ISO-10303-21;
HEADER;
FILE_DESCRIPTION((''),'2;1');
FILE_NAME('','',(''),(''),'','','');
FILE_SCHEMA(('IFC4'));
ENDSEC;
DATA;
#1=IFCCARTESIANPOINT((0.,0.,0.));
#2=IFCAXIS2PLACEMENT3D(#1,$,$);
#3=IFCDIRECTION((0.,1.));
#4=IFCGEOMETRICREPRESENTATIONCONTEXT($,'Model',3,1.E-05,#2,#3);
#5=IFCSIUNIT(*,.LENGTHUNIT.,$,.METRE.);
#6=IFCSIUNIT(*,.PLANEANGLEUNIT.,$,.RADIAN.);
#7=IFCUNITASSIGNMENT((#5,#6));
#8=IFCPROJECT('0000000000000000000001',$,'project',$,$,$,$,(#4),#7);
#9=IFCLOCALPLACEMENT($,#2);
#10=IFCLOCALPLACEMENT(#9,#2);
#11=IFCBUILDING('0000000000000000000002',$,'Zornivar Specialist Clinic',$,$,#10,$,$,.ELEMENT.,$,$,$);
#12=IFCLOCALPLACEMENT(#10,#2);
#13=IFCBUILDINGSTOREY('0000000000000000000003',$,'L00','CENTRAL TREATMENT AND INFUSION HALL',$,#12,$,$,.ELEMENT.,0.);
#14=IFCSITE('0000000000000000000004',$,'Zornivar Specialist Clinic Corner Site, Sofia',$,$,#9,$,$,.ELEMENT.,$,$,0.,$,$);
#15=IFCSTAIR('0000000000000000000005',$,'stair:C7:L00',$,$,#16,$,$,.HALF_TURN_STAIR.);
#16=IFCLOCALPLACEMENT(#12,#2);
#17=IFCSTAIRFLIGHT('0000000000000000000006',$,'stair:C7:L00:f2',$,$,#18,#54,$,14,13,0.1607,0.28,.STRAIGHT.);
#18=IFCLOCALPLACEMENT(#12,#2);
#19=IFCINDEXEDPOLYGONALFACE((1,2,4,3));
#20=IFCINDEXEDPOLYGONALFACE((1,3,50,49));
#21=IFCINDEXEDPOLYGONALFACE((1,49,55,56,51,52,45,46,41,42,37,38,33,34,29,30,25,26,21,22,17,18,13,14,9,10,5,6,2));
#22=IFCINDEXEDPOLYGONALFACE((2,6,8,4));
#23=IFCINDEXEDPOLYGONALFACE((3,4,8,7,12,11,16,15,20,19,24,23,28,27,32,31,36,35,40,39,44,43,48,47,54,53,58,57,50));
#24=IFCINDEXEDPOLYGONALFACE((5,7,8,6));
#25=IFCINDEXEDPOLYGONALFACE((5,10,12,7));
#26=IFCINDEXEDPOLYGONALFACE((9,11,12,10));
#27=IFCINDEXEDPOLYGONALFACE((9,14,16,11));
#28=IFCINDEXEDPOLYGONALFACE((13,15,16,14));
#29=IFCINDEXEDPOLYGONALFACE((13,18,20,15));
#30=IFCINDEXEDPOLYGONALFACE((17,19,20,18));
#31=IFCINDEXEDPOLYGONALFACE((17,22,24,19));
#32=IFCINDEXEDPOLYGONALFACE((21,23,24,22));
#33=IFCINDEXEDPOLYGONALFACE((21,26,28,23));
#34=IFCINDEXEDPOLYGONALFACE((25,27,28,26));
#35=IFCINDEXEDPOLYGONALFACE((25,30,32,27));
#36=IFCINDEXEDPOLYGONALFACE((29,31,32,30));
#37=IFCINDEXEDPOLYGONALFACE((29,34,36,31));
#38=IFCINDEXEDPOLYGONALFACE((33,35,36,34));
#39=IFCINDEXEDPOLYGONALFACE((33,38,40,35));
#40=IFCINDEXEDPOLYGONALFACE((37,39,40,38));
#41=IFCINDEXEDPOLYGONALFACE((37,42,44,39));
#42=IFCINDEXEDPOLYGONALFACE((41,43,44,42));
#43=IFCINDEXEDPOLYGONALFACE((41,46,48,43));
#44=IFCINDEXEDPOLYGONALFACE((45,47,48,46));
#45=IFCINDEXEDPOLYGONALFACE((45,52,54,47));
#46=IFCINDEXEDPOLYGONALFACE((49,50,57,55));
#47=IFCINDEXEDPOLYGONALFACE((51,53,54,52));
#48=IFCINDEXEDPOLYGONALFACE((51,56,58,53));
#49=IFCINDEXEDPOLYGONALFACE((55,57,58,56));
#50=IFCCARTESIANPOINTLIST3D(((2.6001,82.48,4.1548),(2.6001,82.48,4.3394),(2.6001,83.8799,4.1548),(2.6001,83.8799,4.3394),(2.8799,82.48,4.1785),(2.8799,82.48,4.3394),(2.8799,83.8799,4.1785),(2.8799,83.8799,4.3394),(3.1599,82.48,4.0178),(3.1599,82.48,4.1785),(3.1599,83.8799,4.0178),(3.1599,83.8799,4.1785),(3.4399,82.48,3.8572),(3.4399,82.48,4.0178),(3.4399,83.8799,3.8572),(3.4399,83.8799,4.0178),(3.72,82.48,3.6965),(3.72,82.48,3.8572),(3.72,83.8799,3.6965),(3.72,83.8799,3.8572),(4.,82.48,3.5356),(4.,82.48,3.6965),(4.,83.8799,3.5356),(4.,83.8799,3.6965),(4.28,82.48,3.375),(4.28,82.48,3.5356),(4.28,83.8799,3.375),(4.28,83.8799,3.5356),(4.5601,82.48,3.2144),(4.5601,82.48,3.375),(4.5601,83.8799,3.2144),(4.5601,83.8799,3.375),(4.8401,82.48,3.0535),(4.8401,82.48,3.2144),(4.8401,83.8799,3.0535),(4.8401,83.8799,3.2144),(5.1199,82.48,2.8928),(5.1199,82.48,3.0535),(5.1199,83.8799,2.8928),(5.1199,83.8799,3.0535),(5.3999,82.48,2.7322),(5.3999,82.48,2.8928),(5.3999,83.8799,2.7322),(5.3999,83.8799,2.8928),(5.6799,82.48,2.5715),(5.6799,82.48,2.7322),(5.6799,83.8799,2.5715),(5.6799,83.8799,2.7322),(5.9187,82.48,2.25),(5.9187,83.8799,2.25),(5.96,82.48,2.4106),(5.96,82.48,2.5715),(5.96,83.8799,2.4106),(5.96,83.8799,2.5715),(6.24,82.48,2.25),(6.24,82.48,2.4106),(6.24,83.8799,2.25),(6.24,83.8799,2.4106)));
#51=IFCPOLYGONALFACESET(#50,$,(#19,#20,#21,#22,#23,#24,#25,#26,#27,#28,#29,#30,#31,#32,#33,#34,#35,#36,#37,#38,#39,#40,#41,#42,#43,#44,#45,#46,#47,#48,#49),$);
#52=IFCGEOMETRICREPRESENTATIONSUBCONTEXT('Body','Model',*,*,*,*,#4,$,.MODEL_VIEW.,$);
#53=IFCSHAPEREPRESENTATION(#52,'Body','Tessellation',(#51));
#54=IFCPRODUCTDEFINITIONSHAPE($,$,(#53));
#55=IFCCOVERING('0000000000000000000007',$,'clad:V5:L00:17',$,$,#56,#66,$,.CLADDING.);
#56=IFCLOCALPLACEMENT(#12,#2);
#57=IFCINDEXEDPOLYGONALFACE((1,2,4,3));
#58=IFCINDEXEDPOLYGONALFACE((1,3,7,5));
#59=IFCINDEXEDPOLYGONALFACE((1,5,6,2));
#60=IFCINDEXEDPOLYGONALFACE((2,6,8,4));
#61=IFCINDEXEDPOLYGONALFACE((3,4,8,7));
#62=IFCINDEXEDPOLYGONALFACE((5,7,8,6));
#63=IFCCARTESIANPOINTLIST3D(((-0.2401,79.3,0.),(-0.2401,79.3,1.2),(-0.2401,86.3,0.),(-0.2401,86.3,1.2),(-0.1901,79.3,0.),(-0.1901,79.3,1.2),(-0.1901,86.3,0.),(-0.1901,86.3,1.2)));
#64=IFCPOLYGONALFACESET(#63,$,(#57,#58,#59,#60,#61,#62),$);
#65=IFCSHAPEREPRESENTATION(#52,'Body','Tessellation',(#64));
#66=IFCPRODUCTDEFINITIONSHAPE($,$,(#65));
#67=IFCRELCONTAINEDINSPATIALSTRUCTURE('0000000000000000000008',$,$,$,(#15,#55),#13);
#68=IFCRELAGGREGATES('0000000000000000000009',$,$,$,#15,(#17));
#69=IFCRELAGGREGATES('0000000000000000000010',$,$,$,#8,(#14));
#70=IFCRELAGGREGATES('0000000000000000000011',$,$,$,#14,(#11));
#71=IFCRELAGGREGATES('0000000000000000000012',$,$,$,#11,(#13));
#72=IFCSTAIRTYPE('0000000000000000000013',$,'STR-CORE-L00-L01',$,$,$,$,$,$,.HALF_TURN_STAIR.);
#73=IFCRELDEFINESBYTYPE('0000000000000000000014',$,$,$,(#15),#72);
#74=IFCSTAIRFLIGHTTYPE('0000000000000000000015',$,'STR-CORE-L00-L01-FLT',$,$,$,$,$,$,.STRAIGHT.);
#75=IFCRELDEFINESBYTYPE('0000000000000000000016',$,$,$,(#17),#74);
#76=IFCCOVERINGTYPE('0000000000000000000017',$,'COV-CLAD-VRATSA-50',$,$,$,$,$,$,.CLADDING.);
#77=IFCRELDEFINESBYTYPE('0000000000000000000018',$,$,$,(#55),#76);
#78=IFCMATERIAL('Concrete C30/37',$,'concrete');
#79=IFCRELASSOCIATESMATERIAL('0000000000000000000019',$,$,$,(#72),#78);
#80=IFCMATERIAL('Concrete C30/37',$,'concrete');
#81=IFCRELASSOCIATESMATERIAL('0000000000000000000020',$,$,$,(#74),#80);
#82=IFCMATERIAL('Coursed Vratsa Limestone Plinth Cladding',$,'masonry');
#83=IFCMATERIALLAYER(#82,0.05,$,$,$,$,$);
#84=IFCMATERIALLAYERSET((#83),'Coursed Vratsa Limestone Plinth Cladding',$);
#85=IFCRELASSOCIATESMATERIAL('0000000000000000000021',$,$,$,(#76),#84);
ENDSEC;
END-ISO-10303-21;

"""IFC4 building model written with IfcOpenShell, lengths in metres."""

from ifc_helpers import new_model, si_unit, direction, frame, origin, origin_2d, place, context, subcontext, project, spatial, polyline, rectangle, outline, extrude, material, layer, layer_set, type_object, element, aggregate, save


model = new_model("IFC4")

# Units and contexts
model_context = context("Model", 3, precision=1e-05, world=origin(), true_north=direction((0.0, 1.0)))
body_context = subcontext(model_context, "Body", "Model", "MODEL_VIEW")
ifc_project = project(units=[si_unit("LENGTHUNIT", "METRE"), si_unit("PLANEANGLEUNIT", "RADIAN")], contexts=[model_context])

# Site, building, storey
site_placement = place(None, origin())
site = spatial("IfcSite", under=ifc_project, at=site_placement, Name="Zornivar Specialist Clinic Corner Site, Sofia", CompositionType="ELEMENT", RefElevation=0.0)
building_placement = place(site_placement, origin())
building = spatial("IfcBuilding", under=site, at=building_placement, Name="Zornivar Specialist Clinic", CompositionType="ELEMENT")
storey_placement = place(building_placement, origin())
storey = spatial("IfcBuildingStorey", under=building, at=storey_placement, Name="L00", Description="CENTRAL TREATMENT AND INFUSION HALL", CompositionType="ELEMENT", Elevation=0.0)

# Stair, stair flight
ifc_material_1 = material(Name="Concrete C30/37", Category="concrete")
stair_type = type_object("IfcStairType", Name="STR-CORE-L00-L01", PredefinedType="HALF_TURN_STAIR", material=ifc_material_1)
stair_placement = place(storey_placement, origin())
stair = element("IfcStair", 1, at=stair_placement, inside=storey, type_object=stair_type, Name="stair:C7:L00", PredefinedType="HALF_TURN_STAIR")
ifc_material_2 = material(Name="Concrete C30/37", Category="concrete")
stair_flight_type = type_object("IfcStairFlightType", Name="STR-CORE-L00-L01-FLT", PredefinedType="STRAIGHT", material=ifc_material_2)
stair_flight_1_placement = place(storey_placement, frame((6.24, 83.1799, 2.25), z_axis=(0.0, 0.0, 1.0), x_axis=(-1.0, 0.0, 0.0)))
stair_flight_1 = element("IfcStairFlight", 2, at=stair_flight_1_placement, type_object=stair_flight_type, Name="stair:C7:L00:f2", NumberOfRisers=14, NumberOfTreads=13, PredefinedType="STRAIGHT", RiserHeight=0.1607, TreadLength=0.28, context=body_context, shape_type="SweptSolid", body=[
    extrude(outline(polyline([(0.0, 0.0), (0.0, 0.1606), (0.28, 0.1606), (0.28, 0.3215), (0.5601, 0.3215), (0.5601, 0.4822), (0.8401, 0.4822), (0.8401, 0.6428), (1.1201, 0.6428), (1.1201, 0.8035), (1.3999, 0.8035), (1.3999, 0.9644), (1.6799, 0.9644), (1.6799, 1.125), (1.96, 1.125), (1.96, 1.2856), (2.24, 1.2856), (2.24, 1.4465), (2.52, 1.4465), (2.52, 1.6072), (2.8, 1.6072), (2.8, 1.7678), (3.0801, 1.7678), (3.0801, 1.9285), (3.3601, 1.9285), (3.3601, 2.0894), (3.6399, 2.0894), (3.6399, 2.25), (3.6399, 1.9048), (0.3213, 0.0), (0.0, 0.0)])), frame((0.0, 0.7, 0.0), z_axis=(0.0, -1.0, 0.0), x_axis=(1.0, 0.0, 0.0)), (0.0, 0.0, 1.0), 1.3999),
])
aggregate(stair, [stair_flight_1])

# Covering
ifc_material_3 = material(Name="Coursed Vratsa Limestone Plinth Cladding", Category="masonry")
ifc_layer_1 = layer(ifc_material_3, 0.05)
ifc_layer_set_1 = layer_set([ifc_layer_1], Name="Coursed Vratsa Limestone Plinth Cladding")
covering_type = type_object("IfcCoveringType", Name="COV-CLAD-VRATSA-50", PredefinedType="CLADDING", material=ifc_layer_set_1)
covering_placement = place(storey_placement, frame((-0.2151, 82.8, 0.0), z_axis=(0.0, 0.0, 1.0), x_axis=(0.0, -1.0, 0.0)))
element("IfcCovering", 3, at=covering_placement, inside=storey, type_object=covering_type, Name="clad:V5:L00:17", PredefinedType="CLADDING", context=body_context, shape_type="SweptSolid", body=[
    extrude(rectangle(XDim=7.0, YDim=0.05, at=origin_2d()), origin(), (0.0, 0.0, 1.0), 1.2),
])

save(model, "model.ifc")
